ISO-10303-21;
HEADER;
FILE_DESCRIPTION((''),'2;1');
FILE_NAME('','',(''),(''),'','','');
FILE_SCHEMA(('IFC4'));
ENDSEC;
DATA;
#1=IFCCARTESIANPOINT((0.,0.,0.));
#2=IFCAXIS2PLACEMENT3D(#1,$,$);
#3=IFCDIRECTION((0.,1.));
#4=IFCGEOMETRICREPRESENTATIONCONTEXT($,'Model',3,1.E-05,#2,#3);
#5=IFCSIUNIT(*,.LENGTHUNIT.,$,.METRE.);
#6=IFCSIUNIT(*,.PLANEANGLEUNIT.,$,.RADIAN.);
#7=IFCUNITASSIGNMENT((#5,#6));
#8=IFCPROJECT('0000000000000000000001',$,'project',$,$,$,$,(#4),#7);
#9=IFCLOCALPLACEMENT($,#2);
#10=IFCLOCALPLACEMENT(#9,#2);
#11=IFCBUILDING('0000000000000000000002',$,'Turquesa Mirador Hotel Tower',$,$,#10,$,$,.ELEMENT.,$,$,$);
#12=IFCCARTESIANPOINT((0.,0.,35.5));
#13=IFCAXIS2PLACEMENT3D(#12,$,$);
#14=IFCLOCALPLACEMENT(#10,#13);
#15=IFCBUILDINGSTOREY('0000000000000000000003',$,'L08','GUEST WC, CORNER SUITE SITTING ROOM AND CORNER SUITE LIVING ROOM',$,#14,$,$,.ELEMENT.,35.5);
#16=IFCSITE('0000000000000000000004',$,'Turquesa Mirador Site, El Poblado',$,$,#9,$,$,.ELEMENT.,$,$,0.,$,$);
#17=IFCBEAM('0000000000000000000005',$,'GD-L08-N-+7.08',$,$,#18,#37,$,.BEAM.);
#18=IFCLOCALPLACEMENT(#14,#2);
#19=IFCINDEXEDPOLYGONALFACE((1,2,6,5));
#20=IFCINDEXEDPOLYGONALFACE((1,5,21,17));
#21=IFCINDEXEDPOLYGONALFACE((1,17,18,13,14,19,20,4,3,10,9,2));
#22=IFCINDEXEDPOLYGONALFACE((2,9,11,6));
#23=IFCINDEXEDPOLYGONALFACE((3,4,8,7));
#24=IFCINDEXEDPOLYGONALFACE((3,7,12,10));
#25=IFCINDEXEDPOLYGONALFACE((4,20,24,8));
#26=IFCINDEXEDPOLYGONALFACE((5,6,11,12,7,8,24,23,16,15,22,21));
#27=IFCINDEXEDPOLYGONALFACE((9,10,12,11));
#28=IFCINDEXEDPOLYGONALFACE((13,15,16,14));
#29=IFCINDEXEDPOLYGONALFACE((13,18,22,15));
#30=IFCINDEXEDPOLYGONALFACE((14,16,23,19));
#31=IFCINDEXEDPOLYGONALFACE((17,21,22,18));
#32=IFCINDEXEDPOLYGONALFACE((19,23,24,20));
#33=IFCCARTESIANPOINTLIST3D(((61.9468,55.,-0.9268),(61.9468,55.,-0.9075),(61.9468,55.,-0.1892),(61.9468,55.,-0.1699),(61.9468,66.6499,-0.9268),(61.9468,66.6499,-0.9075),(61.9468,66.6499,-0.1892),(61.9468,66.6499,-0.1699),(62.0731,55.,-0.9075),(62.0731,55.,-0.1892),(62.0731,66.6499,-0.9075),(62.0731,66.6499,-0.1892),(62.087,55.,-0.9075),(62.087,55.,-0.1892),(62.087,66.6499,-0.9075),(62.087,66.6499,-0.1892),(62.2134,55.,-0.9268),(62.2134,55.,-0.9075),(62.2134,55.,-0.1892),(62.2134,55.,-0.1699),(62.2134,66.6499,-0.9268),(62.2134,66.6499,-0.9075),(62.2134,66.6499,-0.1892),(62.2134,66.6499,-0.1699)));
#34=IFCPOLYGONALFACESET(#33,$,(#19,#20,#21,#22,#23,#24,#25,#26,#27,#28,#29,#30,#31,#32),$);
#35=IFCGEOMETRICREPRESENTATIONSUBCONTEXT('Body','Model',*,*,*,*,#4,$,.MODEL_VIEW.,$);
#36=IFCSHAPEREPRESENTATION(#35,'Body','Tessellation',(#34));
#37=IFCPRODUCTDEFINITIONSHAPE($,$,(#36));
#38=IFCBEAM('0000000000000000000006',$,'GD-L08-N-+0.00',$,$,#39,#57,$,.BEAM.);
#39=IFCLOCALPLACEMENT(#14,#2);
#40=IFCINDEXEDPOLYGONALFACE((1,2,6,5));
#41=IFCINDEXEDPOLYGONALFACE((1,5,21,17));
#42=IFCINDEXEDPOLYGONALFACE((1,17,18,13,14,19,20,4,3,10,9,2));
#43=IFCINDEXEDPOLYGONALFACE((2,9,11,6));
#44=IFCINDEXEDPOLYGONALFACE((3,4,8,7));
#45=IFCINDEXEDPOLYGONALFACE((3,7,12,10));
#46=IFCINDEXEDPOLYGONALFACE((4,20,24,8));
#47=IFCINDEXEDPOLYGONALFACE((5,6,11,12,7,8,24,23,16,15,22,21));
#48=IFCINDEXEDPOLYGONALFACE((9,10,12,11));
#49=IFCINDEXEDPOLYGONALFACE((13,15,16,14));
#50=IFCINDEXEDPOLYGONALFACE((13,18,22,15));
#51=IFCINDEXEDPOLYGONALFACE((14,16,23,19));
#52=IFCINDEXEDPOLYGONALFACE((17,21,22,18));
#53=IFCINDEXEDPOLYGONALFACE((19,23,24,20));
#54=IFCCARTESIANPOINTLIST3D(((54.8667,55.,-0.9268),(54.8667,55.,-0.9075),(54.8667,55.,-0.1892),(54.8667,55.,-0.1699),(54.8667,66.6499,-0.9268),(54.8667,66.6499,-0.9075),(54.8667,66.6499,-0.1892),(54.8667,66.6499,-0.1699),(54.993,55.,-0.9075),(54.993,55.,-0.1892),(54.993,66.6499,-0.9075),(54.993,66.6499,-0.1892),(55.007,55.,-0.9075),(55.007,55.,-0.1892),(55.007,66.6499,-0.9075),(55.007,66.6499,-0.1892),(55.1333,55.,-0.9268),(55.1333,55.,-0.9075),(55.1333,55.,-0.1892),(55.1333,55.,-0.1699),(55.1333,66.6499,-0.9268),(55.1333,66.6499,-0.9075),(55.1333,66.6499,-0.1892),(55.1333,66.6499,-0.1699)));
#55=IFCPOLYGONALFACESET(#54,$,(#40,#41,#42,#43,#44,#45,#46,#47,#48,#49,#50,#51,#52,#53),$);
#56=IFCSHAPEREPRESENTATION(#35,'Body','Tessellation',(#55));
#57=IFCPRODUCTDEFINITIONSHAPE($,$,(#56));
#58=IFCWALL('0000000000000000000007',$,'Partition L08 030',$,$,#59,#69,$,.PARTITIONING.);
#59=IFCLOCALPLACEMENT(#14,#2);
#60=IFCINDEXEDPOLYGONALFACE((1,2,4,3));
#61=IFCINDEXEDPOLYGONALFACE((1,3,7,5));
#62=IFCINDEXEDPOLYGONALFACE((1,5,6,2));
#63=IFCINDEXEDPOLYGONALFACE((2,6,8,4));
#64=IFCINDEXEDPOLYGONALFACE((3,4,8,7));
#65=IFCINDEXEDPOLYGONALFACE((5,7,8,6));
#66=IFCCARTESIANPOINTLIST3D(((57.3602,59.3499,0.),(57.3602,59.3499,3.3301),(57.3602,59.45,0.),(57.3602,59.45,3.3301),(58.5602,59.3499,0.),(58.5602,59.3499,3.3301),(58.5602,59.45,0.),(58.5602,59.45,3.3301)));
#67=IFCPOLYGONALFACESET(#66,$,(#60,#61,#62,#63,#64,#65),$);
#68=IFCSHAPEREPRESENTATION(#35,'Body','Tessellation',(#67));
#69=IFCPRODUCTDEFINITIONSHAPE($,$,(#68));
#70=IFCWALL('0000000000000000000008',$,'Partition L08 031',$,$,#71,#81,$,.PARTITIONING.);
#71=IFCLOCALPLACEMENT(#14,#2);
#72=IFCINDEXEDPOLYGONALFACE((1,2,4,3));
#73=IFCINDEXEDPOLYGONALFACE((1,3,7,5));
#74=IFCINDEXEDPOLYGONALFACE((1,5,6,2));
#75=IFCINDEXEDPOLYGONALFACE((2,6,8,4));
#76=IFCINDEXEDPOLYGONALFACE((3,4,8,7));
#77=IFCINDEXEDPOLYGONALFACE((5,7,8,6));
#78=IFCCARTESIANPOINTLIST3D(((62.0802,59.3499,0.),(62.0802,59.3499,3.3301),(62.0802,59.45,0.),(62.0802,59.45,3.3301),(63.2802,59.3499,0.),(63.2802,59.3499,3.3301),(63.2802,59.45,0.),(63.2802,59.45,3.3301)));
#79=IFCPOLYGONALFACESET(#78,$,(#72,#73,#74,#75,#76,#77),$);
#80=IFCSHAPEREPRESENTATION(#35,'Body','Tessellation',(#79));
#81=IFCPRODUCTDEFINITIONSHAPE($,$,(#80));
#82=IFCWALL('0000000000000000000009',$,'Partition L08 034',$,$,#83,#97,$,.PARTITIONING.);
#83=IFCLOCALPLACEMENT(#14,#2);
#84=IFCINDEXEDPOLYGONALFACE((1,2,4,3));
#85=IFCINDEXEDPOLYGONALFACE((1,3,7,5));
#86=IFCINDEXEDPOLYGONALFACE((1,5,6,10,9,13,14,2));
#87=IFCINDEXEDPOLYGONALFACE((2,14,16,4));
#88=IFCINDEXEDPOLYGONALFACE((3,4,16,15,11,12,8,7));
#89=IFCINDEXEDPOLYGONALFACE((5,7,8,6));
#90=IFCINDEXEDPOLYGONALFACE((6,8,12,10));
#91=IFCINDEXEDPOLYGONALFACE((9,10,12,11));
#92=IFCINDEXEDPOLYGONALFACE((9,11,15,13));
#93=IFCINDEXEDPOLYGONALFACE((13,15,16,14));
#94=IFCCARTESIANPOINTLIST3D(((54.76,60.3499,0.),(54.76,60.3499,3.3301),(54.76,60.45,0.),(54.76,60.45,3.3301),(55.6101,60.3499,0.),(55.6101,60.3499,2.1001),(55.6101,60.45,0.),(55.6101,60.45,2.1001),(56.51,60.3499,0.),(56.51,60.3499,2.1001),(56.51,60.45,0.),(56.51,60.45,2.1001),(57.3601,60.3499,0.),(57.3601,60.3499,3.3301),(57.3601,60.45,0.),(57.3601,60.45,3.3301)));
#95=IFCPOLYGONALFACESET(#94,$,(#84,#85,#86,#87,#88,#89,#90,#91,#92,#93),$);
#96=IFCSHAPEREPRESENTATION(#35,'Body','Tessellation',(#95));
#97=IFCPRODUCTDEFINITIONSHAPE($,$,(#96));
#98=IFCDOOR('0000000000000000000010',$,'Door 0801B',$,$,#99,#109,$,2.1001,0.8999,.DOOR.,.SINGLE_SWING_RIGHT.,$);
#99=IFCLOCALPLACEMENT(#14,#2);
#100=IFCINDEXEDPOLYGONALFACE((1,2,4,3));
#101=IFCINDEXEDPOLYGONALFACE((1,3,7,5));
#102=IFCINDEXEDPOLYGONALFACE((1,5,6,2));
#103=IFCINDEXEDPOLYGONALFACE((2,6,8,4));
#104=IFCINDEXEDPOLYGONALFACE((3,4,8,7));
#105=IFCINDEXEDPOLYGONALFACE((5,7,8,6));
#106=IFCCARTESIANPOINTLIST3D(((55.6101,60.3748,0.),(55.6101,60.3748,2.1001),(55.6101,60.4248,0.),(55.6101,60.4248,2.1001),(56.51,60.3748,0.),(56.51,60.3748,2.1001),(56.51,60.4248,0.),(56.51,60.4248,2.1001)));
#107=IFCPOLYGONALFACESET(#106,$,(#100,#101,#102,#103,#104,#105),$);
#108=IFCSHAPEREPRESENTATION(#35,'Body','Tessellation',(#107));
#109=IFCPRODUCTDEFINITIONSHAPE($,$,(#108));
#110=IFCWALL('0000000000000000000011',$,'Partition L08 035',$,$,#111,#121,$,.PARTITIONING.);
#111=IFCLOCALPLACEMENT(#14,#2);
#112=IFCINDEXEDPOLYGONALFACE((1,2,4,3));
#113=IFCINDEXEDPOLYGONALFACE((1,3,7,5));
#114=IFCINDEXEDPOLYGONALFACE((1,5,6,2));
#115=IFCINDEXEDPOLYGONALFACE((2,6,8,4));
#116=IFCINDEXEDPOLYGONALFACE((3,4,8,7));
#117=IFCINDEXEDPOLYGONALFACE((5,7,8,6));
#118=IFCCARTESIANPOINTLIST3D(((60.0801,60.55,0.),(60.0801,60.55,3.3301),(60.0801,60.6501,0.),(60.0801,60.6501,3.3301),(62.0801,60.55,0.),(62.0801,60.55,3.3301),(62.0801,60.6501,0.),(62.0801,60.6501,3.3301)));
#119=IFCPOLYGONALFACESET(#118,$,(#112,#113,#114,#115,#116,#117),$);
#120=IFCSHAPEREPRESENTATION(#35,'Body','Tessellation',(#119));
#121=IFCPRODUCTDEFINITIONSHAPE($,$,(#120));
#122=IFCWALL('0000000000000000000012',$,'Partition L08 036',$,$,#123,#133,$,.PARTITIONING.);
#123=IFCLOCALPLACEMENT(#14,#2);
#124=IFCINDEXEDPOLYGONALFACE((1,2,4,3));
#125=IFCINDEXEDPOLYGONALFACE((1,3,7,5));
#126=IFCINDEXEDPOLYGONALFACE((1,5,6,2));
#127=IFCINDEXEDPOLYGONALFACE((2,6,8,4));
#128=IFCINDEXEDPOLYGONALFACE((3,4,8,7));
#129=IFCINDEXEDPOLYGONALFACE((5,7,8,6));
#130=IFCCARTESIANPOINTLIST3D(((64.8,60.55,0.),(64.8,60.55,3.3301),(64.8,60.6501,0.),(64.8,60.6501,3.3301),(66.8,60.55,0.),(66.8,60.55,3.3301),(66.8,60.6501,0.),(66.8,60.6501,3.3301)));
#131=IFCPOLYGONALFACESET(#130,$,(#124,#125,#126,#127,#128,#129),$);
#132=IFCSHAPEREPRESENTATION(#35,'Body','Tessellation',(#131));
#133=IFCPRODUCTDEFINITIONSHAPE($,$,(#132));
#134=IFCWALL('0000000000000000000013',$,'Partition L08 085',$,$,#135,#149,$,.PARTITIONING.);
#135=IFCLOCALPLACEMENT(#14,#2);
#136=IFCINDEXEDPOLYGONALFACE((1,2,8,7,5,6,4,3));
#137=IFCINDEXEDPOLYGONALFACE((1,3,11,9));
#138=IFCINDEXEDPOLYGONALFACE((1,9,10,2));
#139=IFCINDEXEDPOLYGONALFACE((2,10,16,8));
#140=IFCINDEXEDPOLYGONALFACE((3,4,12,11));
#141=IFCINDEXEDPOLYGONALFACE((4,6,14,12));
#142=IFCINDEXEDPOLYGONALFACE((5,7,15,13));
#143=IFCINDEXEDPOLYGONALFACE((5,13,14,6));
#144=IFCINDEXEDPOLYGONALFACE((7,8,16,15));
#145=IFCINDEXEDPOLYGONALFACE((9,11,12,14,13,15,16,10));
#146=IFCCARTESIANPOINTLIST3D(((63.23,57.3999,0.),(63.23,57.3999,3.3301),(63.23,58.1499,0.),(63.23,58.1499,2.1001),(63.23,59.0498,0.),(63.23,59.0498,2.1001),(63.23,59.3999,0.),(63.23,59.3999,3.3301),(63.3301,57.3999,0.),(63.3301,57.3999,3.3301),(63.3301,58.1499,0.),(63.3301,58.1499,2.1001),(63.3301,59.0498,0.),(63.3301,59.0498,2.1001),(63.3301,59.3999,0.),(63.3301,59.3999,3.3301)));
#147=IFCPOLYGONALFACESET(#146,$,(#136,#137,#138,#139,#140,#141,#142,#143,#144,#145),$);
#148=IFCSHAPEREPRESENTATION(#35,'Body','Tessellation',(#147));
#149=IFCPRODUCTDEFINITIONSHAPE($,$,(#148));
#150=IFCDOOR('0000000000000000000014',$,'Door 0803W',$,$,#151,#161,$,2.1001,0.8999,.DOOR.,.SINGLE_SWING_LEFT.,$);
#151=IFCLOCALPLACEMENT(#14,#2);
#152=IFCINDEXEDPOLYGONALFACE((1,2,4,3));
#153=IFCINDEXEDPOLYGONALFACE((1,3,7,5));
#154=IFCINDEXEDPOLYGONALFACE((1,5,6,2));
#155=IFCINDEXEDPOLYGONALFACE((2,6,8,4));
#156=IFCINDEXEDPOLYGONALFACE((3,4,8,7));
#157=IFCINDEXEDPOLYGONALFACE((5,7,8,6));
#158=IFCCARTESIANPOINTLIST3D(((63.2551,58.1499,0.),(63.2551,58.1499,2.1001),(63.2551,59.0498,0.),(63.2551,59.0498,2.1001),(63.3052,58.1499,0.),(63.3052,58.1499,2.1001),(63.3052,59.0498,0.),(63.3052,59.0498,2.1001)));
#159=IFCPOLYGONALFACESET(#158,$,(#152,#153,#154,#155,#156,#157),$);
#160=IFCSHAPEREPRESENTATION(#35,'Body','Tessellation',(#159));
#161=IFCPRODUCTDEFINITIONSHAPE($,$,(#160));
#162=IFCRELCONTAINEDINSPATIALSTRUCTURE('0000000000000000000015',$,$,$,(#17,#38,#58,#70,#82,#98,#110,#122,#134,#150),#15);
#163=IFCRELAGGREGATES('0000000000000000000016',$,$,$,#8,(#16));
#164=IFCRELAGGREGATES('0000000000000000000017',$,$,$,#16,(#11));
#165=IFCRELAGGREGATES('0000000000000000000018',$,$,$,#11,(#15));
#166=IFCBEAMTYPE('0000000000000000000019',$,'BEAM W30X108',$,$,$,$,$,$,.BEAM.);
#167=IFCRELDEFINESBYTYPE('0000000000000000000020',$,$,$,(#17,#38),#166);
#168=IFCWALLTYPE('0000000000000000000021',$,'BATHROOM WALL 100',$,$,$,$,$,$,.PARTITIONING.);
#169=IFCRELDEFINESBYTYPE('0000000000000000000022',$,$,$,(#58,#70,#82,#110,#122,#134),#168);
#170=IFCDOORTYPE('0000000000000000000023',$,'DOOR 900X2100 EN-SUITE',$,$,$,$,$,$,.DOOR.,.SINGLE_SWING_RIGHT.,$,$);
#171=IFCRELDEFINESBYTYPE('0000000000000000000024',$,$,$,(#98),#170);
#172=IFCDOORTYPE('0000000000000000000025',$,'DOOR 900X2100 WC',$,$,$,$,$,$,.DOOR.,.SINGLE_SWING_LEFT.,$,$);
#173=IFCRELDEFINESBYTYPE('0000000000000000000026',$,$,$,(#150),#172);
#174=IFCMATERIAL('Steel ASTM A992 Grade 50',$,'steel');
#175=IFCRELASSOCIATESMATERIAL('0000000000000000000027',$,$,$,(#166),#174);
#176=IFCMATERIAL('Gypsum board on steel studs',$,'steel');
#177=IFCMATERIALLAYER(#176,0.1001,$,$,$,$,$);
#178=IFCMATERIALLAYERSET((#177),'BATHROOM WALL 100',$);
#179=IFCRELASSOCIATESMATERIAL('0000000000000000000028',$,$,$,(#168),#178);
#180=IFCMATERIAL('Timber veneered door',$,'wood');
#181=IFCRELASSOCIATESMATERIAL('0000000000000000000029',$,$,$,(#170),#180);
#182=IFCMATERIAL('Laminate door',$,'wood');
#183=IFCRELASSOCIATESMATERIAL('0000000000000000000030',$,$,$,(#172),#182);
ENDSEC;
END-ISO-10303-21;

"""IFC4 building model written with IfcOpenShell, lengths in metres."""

from ifc_helpers import new_model, si_unit, direction, frame, frame_2d, origin, origin_2d, place, context, subcontext, project, spatial, rectangle, i_section, extrude, material, layer, layer_set, material_profile, profile_set, type_object, element, fill, save


model = new_model("IFC4")

# Units and contexts
model_context = context("Model", 3, precision=1e-05, world=origin(), true_north=direction((0.0, 1.0)))
body_context = subcontext(model_context, "Body", "Model", "MODEL_VIEW")
ifc_project = project(units=[si_unit("LENGTHUNIT", "METRE"), si_unit("PLANEANGLEUNIT", "RADIAN")], contexts=[model_context])

# Site, building, storey
site_placement = place(None, origin())
site = spatial("IfcSite", under=ifc_project, at=site_placement, Name="Turquesa Mirador Site, El Poblado", CompositionType="ELEMENT", RefElevation=0.0)
building_placement = place(site_placement, origin())
building = spatial("IfcBuilding", under=site, at=building_placement, Name="Turquesa Mirador Hotel Tower", CompositionType="ELEMENT")
storey_placement = place(building_placement, frame((0.0, 0.0, 35.5)))
storey = spatial("IfcBuildingStorey", under=building, at=storey_placement, Name="L08", Description="GUEST WC, CORNER SUITE SITTING ROOM AND CORNER SUITE LIVING ROOM", CompositionType="ELEMENT", Elevation=35.5)

# Beams
ifc_material_1 = material(Name="Steel ASTM A992 Grade 50", Category="steel")
ifc_material_profile_1 = material_profile(ifc_material_1, i_section(OverallWidth=0.2666, OverallDepth=0.7568, WebThickness=0.0139, FlangeThickness=0.0193, at=origin_2d()), Name="W30X108")
ifc_profile_set_1 = profile_set([ifc_material_profile_1], Name="Steel ASTM A992 Grade 50")
beam_type_1 = type_object("IfcBeamType", Name="BEAM W30X108", PredefinedType="BEAM", material=ifc_profile_set_1)
for number, where, z_axis, x_axis, name in (
    (1, (62.0801, 66.6499, -0.5483), (0.0, -1.0, 0.0), (1.0, 0.0, 0.0), "GD-L08-N-+7.08"),
    (2, (55.0, 66.6499, -0.5483), (0.0, -1.0, 0.0), (1.0, 0.0, 0.0), "GD-L08-N-+0.00"),
):
    element("IfcBeam", number, at=place(storey_placement, frame(where, z_axis=z_axis, x_axis=x_axis)), inside=storey, type_object=beam_type_1, Name=name, PredefinedType="BEAM", context=body_context, shape_type="SweptSolid", body=[
        extrude(i_section(OverallWidth=0.2666, OverallDepth=0.7568, WebThickness=0.0139, FlangeThickness=0.0193, at=origin_2d()), origin(), (0.0, 0.0, 1.0), 11.6499),
    ])

# Walls
ifc_material_2 = material(Name="Gypsum board on steel studs", Category="steel")
ifc_layer = layer(ifc_material_2, 0.1001)
ifc_layer_set = layer_set([ifc_layer], Name="BATHROOM WALL 100")
wall_type = type_object("IfcWallType", Name="BATHROOM WALL 100", PredefinedType="PARTITIONING", material=ifc_layer_set)
for number, where, z_axis, x_axis, name in (
    (3, (57.3601, 59.3999, 0.0), (0.0, 0.0, 1.0), (1.0, 0.0, 0.0), "Partition L08 030"),
    (4, (62.0801, 59.3999, 0.0), (0.0, 0.0, 1.0), (1.0, 0.0, 0.0), "Partition L08 031"),
):
    element("IfcWall", number, at=place(storey_placement, frame(where, z_axis=z_axis, x_axis=x_axis)), inside=storey, type_object=wall_type, Name=name, PredefinedType="PARTITIONING", context=body_context, shape_type="SweptSolid", body=[
        extrude(rectangle(XDim=1.2, YDim=0.1001, at=frame_2d((0.6001, 0.0))), origin(), (0.0, 0.0, 1.0), 3.3301),
    ])

# Wall, opening, door
wall_1_placement = place(storey_placement, frame((54.76, 60.3999, 0.0), z_axis=(0.0, 0.0, 1.0), x_axis=(1.0, 0.0, 0.0)))
wall_1 = element("IfcWall", 5, at=wall_1_placement, inside=storey, type_object=wall_type, Name="Partition L08 034", PredefinedType="PARTITIONING", context=body_context, shape_type="SweptSolid", body=[
    extrude(rectangle(XDim=2.6001, YDim=0.1001, at=frame_2d((1.3, 0.0))), origin(), (0.0, 0.0, 1.0), 3.3301),
])
opening_1_placement = place(wall_1_placement, frame((0.8501, 0.0, 0.0)))
opening_1 = element("IfcOpeningElement", 6, at=opening_1_placement, cuts=wall_1, PredefinedType="OPENING", context=body_context, shape_type="SweptSolid", body=[
    extrude(rectangle(XDim=0.8999, YDim=2.1001, at=frame_2d((0.45, 1.05))), frame((0.0, 0.0601, 0.0), z_axis=(0.0, -1.0, 0.0), x_axis=(1.0, 0.0, 0.0)), (0.0, 0.0, 1.0), 0.1201),
])
ifc_material_3 = material(Name="Timber veneered door", Category="wood")
door_type_1 = type_object("IfcDoorType", Name="DOOR 900X2100 EN-SUITE", OperationType="SINGLE_SWING_RIGHT", PredefinedType="DOOR", material=ifc_material_3)
door_1_placement = place(opening_1_placement, origin())
door_1 = element("IfcDoor", 7, at=door_1_placement, inside=storey, type_object=door_type_1, Name="Door 0801B", OperationType="SINGLE_SWING_RIGHT", OverallHeight=2.1001, OverallWidth=0.8999, PredefinedType="DOOR", context=body_context, shape_type="SweptSolid", body=[
    extrude(rectangle(XDim=0.8999, YDim=2.1001, at=frame_2d((0.45, 1.05))), frame((0.0, 0.0249, 0.0), z_axis=(0.0, -1.0, 0.0), x_axis=(1.0, 0.0, 0.0)), (0.0, 0.0, 1.0), 0.05),
])
fill(opening_1, door_1)

# Walls
for number, where, z_axis, x_axis, name in (
    (8, (60.0801, 60.6001, 0.0), (0.0, 0.0, 1.0), (1.0, 0.0, 0.0), "Partition L08 035"),
    (9, (64.8, 60.6001, 0.0), (0.0, 0.0, 1.0), (1.0, 0.0, 0.0), "Partition L08 036"),
):
    element("IfcWall", number, at=place(storey_placement, frame(where, z_axis=z_axis, x_axis=x_axis)), inside=storey, type_object=wall_type, Name=name, PredefinedType="PARTITIONING", context=body_context, shape_type="SweptSolid", body=[
        extrude(rectangle(XDim=2.0, YDim=0.1001, at=frame_2d((1.0, 0.0))), origin(), (0.0, 0.0, 1.0), 3.3301),
    ])

# Wall, opening, door
wall_2_placement = place(storey_placement, frame((63.28, 57.3999, 0.0), z_axis=(0.0, 0.0, 1.0), x_axis=(0.0, 1.0, 0.0)))
wall_2 = element("IfcWall", 10, at=wall_2_placement, inside=storey, type_object=wall_type, Name="Partition L08 085", PredefinedType="PARTITIONING", context=body_context, shape_type="SweptSolid", body=[
    extrude(rectangle(XDim=2.0, YDim=0.1001, at=frame_2d((1.0, 0.0))), origin(), (0.0, 0.0, 1.0), 3.3301),
])
opening_2_placement = place(wall_2_placement, frame((0.75, 0.0, 0.0)))
opening_2 = element("IfcOpeningElement", 11, at=opening_2_placement, cuts=wall_2, PredefinedType="OPENING", context=body_context, shape_type="SweptSolid", body=[
    extrude(rectangle(XDim=0.8999, YDim=2.1001, at=frame_2d((0.45, 1.05))), frame((0.0, 0.0601, 0.0), z_axis=(0.0, -1.0, 0.0), x_axis=(1.0, 0.0, 0.0)), (0.0, 0.0, 1.0), 0.1201),
])
ifc_material_4 = material(Name="Laminate door", Category="wood")
door_type_2 = type_object("IfcDoorType", Name="DOOR 900X2100 WC", OperationType="SINGLE_SWING_LEFT", PredefinedType="DOOR", material=ifc_material_4)
door_2_placement = place(opening_2_placement, origin())
door_2 = element("IfcDoor", 12, at=door_2_placement, inside=storey, type_object=door_type_2, Name="Door 0803W", OperationType="SINGLE_SWING_LEFT", OverallHeight=2.1001, OverallWidth=0.8999, PredefinedType="DOOR", context=body_context, shape_type="SweptSolid", body=[
    extrude(rectangle(XDim=0.8999, YDim=2.1001, at=frame_2d((0.45, 1.05))), frame((0.0, 0.0249, 0.0), z_axis=(0.0, -1.0, 0.0), x_axis=(1.0, 0.0, 0.0)), (0.0, 0.0, 1.0), 0.05),
])
fill(opening_2, door_2)

save(model, "model.ifc")
